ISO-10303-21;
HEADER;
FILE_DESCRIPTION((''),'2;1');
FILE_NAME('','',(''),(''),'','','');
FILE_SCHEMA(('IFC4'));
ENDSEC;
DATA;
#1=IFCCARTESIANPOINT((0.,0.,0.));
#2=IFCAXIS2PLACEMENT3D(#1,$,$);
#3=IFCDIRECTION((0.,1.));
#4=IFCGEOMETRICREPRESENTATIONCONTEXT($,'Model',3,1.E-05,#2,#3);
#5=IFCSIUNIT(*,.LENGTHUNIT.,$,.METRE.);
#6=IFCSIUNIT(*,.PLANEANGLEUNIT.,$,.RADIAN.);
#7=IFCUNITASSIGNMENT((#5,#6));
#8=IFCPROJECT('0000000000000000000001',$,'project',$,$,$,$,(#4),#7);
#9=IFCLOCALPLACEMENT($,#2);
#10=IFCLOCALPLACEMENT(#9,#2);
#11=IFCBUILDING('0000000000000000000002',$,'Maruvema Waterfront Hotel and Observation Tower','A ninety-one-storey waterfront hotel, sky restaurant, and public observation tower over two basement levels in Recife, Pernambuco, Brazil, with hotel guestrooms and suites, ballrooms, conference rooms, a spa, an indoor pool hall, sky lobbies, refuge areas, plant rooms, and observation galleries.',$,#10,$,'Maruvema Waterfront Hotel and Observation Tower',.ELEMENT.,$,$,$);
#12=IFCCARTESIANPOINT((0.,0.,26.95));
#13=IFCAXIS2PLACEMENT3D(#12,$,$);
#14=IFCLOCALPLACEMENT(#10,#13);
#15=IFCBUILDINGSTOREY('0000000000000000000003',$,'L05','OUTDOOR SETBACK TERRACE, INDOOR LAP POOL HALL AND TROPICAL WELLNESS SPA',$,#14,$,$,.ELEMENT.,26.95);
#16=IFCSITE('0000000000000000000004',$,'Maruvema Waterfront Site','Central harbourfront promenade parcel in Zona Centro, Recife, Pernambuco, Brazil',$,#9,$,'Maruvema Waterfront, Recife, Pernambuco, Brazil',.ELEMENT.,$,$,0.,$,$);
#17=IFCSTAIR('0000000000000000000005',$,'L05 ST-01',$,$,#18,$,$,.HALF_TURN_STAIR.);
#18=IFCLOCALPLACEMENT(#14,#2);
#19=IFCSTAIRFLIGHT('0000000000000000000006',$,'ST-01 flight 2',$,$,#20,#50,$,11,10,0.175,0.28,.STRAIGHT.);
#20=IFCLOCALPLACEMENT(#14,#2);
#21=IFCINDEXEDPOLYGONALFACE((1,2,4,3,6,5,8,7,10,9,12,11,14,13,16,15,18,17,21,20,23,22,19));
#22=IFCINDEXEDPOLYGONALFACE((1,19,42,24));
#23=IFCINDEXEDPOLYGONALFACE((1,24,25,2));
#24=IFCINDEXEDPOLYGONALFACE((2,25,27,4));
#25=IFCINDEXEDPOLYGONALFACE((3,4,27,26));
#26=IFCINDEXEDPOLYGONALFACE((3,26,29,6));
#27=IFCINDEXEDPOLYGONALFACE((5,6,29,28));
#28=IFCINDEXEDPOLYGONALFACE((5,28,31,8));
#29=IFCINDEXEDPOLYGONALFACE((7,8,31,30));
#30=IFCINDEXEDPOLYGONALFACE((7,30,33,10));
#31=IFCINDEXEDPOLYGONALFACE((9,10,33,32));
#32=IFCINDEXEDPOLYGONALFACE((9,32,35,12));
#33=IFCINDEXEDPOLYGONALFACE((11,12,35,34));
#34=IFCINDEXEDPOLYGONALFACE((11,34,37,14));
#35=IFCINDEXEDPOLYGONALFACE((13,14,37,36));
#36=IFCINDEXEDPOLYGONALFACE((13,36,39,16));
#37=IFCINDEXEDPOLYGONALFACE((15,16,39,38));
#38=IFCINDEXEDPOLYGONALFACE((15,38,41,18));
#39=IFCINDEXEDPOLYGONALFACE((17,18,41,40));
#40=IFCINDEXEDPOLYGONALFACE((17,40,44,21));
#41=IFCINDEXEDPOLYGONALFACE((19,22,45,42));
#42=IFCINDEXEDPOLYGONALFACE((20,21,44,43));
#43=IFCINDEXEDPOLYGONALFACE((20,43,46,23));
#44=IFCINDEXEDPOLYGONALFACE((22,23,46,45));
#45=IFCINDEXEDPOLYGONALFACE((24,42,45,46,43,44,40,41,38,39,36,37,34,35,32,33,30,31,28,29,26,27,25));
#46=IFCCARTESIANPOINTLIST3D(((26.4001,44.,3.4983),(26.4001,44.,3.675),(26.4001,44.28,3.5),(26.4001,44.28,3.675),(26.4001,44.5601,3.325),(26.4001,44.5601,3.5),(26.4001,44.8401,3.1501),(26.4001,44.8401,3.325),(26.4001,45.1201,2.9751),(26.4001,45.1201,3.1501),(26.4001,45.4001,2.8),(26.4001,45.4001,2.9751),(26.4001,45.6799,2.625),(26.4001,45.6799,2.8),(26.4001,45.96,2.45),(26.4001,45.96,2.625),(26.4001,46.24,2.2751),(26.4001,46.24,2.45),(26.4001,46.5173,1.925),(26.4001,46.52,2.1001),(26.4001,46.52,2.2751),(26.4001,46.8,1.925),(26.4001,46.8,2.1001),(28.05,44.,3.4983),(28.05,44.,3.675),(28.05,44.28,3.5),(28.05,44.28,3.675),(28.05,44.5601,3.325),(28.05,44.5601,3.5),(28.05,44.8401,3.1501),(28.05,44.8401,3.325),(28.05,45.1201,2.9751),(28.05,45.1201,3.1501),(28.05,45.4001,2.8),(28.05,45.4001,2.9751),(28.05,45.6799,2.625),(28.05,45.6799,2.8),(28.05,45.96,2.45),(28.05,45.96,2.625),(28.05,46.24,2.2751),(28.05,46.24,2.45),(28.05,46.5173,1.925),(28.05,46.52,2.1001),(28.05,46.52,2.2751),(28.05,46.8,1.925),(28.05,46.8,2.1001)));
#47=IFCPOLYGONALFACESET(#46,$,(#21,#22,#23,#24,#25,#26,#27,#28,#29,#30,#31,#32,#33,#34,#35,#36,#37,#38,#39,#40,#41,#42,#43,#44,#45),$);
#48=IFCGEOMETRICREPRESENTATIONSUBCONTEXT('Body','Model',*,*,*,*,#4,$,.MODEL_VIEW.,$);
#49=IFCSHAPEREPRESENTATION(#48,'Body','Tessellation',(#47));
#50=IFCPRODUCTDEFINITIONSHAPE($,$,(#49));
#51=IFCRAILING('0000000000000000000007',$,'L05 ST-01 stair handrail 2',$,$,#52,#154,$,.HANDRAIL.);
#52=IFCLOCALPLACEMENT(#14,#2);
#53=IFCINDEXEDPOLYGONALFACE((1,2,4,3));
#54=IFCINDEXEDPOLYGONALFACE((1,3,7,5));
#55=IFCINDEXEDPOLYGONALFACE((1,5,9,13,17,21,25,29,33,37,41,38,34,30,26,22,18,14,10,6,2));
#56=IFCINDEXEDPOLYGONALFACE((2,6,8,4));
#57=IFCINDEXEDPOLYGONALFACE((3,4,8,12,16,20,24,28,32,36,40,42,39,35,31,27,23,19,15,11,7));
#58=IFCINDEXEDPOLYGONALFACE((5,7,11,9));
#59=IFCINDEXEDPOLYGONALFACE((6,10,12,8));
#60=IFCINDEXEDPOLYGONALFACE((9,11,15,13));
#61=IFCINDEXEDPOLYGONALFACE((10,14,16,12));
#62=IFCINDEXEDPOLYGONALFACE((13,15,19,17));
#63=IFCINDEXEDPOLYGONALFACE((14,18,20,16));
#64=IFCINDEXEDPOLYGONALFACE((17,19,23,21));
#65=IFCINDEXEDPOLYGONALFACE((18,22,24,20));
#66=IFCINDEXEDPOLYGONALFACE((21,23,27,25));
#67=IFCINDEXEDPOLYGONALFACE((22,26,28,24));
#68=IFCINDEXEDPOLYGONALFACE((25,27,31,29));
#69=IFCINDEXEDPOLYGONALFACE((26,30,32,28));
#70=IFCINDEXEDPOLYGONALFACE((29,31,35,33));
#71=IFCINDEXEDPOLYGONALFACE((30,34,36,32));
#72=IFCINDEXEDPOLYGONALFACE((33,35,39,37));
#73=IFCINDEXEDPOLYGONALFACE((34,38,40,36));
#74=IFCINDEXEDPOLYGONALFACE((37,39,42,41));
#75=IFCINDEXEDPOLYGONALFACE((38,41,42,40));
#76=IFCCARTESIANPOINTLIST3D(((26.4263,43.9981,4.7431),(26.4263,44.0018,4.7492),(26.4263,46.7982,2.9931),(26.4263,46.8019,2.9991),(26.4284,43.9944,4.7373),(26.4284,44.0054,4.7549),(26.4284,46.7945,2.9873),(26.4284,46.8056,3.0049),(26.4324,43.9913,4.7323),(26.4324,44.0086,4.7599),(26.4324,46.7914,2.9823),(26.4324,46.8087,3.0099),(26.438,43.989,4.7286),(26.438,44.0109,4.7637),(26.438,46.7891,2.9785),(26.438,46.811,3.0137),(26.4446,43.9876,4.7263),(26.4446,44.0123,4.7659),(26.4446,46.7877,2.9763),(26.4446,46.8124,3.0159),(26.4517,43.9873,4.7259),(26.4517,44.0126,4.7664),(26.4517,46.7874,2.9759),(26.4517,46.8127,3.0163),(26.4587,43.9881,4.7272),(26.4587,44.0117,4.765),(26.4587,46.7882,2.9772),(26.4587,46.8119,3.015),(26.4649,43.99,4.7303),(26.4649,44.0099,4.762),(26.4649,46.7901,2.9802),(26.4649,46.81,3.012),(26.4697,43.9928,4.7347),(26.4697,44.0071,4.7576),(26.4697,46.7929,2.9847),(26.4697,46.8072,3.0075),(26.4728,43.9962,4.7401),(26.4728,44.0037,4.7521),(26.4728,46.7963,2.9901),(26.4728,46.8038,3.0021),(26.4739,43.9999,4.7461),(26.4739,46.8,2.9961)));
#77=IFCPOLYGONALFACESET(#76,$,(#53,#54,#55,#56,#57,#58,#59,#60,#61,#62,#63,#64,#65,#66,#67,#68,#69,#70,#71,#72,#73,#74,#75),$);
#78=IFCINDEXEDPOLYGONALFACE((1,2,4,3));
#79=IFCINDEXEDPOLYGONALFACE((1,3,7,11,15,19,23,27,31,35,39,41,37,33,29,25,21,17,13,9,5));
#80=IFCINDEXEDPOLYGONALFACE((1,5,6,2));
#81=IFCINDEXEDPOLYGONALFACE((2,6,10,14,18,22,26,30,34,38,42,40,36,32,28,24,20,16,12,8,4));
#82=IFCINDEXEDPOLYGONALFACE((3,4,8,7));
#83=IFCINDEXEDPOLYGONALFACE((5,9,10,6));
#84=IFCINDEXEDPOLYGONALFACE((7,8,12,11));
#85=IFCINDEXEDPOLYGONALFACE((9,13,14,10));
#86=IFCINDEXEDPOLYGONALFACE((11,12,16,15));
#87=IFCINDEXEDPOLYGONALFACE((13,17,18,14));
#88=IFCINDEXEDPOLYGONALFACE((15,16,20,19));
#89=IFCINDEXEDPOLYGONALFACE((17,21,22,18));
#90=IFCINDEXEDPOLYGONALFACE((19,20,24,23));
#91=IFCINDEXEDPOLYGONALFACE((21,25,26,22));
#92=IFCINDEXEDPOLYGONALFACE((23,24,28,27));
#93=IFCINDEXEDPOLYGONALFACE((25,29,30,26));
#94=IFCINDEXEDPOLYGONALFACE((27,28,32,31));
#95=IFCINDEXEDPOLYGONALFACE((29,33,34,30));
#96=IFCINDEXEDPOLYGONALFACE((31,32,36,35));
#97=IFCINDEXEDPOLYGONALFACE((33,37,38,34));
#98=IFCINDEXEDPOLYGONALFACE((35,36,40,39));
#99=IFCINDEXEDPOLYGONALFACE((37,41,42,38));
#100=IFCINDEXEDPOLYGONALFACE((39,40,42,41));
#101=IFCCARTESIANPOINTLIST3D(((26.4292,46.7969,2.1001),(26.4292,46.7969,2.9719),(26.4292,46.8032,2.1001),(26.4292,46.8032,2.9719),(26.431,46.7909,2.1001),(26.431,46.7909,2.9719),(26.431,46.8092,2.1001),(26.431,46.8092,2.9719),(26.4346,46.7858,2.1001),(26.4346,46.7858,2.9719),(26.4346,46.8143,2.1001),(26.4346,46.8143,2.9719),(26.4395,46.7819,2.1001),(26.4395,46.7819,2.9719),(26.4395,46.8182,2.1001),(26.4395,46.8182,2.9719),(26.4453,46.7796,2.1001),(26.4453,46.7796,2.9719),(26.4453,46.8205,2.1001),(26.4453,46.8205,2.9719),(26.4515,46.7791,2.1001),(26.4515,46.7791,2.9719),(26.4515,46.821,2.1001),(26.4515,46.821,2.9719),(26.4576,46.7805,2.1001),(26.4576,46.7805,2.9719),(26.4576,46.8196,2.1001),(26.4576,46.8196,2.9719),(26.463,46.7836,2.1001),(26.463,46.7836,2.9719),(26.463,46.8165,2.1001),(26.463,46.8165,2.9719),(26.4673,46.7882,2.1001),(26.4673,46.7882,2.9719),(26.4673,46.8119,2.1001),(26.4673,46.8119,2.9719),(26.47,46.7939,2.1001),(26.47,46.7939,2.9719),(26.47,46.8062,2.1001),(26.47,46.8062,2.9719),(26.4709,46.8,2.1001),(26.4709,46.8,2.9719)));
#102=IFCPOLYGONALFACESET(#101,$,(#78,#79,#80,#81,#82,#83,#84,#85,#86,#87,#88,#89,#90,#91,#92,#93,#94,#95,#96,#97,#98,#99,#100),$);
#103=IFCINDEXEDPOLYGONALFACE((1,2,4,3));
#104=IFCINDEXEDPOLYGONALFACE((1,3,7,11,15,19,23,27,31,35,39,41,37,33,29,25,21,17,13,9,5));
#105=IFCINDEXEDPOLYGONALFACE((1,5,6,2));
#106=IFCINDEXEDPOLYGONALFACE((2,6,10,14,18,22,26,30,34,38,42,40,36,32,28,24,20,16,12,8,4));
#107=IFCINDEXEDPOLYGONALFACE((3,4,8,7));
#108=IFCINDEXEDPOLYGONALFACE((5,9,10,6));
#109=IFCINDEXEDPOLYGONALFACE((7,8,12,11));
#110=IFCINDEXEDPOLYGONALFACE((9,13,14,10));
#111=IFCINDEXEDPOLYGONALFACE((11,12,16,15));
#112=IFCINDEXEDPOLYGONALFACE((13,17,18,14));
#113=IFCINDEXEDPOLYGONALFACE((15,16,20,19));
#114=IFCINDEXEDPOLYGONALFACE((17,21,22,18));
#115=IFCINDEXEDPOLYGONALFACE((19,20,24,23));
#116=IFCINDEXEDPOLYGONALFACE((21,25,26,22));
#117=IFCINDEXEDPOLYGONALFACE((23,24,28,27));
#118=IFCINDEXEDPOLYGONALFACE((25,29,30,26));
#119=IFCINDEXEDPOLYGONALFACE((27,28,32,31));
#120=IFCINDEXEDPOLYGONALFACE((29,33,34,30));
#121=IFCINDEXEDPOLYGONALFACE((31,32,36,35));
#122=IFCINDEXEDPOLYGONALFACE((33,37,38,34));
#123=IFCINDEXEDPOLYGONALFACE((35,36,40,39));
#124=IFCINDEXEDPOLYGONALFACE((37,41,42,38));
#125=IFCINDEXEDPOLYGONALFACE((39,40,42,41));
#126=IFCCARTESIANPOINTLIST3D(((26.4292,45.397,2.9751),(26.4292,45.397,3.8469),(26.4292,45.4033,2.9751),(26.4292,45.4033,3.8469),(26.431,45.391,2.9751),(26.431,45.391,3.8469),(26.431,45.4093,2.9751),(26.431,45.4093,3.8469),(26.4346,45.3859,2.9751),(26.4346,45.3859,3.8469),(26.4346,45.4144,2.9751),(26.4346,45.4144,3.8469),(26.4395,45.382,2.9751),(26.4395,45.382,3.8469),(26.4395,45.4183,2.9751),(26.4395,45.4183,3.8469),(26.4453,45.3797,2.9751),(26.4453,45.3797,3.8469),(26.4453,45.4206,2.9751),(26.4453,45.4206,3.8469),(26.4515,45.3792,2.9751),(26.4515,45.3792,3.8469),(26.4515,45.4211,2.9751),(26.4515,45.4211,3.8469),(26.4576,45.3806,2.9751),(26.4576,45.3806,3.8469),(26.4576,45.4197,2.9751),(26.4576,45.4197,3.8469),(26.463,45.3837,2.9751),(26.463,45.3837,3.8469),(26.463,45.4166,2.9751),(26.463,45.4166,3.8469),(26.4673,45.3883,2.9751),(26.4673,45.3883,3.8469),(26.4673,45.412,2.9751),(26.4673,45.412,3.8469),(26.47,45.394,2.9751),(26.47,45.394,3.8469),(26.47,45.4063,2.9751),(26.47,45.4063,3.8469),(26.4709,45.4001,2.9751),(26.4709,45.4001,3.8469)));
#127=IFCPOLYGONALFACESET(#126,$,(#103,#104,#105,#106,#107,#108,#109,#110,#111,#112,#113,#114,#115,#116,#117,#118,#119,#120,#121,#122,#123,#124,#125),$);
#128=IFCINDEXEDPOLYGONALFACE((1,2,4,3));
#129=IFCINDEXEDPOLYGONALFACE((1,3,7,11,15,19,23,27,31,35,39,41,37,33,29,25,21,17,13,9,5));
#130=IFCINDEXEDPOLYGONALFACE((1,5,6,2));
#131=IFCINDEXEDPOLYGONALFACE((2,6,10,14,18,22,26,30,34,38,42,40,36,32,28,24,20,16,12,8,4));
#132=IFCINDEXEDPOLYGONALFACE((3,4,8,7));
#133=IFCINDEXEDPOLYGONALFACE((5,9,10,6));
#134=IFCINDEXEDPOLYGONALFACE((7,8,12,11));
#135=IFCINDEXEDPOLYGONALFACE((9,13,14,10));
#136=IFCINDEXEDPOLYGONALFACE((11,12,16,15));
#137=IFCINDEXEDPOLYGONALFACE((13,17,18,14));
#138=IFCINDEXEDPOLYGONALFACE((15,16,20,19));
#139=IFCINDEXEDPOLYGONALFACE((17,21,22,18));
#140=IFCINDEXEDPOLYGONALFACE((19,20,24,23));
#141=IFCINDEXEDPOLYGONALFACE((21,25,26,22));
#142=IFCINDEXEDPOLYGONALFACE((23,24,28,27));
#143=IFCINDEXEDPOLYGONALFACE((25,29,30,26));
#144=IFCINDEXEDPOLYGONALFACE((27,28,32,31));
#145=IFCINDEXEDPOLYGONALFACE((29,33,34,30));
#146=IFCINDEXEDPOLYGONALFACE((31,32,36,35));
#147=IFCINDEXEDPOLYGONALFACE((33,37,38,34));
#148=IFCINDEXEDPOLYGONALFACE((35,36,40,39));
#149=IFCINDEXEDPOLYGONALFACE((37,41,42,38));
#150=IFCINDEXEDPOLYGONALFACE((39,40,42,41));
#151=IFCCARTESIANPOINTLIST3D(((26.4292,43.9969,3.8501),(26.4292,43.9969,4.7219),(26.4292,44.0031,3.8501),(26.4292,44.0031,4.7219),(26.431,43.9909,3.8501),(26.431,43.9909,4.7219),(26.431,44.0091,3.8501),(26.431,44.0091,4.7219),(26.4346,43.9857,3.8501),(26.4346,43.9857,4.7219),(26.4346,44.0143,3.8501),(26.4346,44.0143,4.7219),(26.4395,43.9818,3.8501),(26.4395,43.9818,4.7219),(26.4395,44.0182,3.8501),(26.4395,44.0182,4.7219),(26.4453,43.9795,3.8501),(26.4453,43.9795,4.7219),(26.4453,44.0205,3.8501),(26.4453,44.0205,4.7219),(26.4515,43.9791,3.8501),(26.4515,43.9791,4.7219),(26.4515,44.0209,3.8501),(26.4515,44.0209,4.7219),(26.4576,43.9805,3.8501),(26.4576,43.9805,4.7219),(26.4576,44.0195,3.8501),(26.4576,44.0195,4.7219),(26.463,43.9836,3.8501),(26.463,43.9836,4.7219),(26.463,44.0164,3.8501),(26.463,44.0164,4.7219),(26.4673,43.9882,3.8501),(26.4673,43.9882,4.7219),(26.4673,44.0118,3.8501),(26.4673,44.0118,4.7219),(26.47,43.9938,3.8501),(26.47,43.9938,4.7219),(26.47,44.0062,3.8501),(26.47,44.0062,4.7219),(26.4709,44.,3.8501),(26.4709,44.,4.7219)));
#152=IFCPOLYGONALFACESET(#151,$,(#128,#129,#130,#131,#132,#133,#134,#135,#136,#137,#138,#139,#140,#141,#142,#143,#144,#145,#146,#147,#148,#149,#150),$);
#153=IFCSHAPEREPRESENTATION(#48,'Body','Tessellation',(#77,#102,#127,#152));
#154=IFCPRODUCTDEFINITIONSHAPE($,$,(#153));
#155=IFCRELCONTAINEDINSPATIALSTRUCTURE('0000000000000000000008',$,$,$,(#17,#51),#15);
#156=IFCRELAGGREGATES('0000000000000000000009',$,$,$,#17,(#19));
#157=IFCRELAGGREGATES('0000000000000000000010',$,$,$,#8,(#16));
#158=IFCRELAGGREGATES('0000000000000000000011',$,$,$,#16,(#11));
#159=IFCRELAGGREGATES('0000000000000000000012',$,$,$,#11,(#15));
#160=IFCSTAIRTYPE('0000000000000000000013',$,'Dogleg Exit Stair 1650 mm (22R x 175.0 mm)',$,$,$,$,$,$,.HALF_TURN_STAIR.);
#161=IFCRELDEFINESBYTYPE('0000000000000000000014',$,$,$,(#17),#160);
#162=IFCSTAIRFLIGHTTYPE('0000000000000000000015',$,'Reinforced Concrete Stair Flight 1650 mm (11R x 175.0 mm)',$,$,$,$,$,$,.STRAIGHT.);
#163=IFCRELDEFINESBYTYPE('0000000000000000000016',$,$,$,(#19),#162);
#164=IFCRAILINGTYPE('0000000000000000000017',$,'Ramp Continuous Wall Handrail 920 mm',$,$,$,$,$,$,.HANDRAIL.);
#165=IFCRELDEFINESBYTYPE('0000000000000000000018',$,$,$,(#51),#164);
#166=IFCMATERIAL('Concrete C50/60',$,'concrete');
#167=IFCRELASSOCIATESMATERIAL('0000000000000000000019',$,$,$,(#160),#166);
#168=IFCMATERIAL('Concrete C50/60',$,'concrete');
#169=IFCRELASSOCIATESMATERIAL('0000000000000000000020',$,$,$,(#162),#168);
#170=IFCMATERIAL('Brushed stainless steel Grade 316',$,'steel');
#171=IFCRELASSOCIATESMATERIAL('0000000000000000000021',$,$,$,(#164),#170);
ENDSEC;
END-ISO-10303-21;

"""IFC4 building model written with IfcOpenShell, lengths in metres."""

from ifc_helpers import new_model, si_unit, direction, frame, origin, origin_2d, place, context, subcontext, project, spatial, polyline, circle, outline, extrude, material, type_object, element, aggregate, save


model = new_model("IFC4")

# Units and contexts
model_context = context("Model", 3, precision=1e-05, world=origin(), true_north=direction((0.0, 1.0)))
body_context = subcontext(model_context, "Body", "Model", "MODEL_VIEW")
ifc_project = project(units=[si_unit("LENGTHUNIT", "METRE"), si_unit("PLANEANGLEUNIT", "RADIAN")], contexts=[model_context])

# Site, building, storey
site_placement = place(None, origin())
site = spatial("IfcSite", under=ifc_project, at=site_placement, Name="Maruvema Waterfront Site", Description="Central harbourfront promenade parcel in Zona Centro, Recife, Pernambuco, Brazil", LongName="Maruvema Waterfront, Recife, Pernambuco, Brazil", CompositionType="ELEMENT", RefElevation=0.0)
building_placement = place(site_placement, origin())
building = spatial("IfcBuilding", under=site, at=building_placement, Name="Maruvema Waterfront Hotel and Observation Tower", Description="A ninety-one-storey waterfront hotel, sky restaurant, and public observation tower over two basement levels in Recife, Pernambuco, Brazil, with hotel guestrooms and suites, ballrooms, conference rooms, a spa, an indoor pool hall, sky lobbies, refuge areas, plant rooms, and observation galleries.", LongName="Maruvema Waterfront Hotel and Observation Tower", CompositionType="ELEMENT")
storey_placement = place(building_placement, frame((0.0, 0.0, 26.95)))
storey = spatial("IfcBuildingStorey", under=building, at=storey_placement, Name="L05", Description="OUTDOOR SETBACK TERRACE, INDOOR LAP POOL HALL AND TROPICAL WELLNESS SPA", CompositionType="ELEMENT", Elevation=26.95)

# Stair, stair flight
ifc_material_1 = material(Name="Concrete C50/60", Category="concrete")
stair_type = type_object("IfcStairType", Name="Dogleg Exit Stair 1650 mm (22R x 175.0 mm)", PredefinedType="HALF_TURN_STAIR", material=ifc_material_1)
stair_placement = place(storey_placement, origin())
stair = element("IfcStair", 1, at=stair_placement, inside=storey, type_object=stair_type, Name="L05 ST-01", PredefinedType="HALF_TURN_STAIR")
ifc_material_2 = material(Name="Concrete C50/60", Category="concrete")
stair_flight_type = type_object("IfcStairFlightType", Name="Reinforced Concrete Stair Flight 1650 mm (11R x 175.0 mm)", PredefinedType="STRAIGHT", material=ifc_material_2)
stair_flight_placement = place(storey_placement, frame((27.2251, 46.8, 1.925), z_axis=(0.0, 0.0, 1.0), x_axis=(0.0, -1.0, 0.0)))
stair_flight = element("IfcStairFlight", 2, at=stair_flight_placement, type_object=stair_flight_type, Name="ST-01 flight 2", NumberOfRisers=11, NumberOfTreads=10, PredefinedType="STRAIGHT", RiserHeight=0.175, TreadLength=0.28, context=body_context, shape_type="SweptSolid", body=[
    extrude(outline(polyline([(0.0, 0.0), (0.0, 0.175), (0.28, 0.175), (0.28, 0.3501), (0.5601, 0.3501), (0.5601, 0.5249), (0.8401, 0.5249), (0.8401, 0.7), (1.1201, 0.7), (1.1201, 0.875), (1.3999, 0.875), (1.3999, 1.05), (1.6799, 1.05), (1.6799, 1.2251), (1.96, 1.2251), (1.96, 1.3999), (2.24, 1.3999), (2.24, 1.575), (2.52, 1.575), (2.52, 1.75), (2.8, 1.75), (2.8, 1.925), (2.8, 1.5732), (0.2827, 0.0), (0.0, 0.0)])), frame((0.0, 0.825, 0.0), z_axis=(0.0, -1.0, 0.0), x_axis=(1.0, 0.0, 0.0)), (0.0, 0.0, 1.0), 1.6499),
])
aggregate(stair, [stair_flight])

# Railing
ifc_material_3 = material(Name="Brushed stainless steel Grade 316", Category="steel")
railing_type_1 = type_object("IfcRailingType", Name="Ramp Continuous Wall Handrail 920 mm", PredefinedType="HANDRAIL", material=ifc_material_3)
railing_1_placement = place(storey_placement, frame((26.45, 46.8, 2.1001)))
element("IfcRailing", 3, at=railing_1_placement, inside=storey, type_object=railing_type_1, Name="L05 ST-01 stair handrail 2", PredefinedType="HANDRAIL", context=body_context, shape_type="SweptSolid", body=[
    extrude(circle(Radius=0.0239, at=origin_2d()), frame((0.0, 0.0, 0.896), z_axis=(0.0, -0.848002, 0.529992), x_axis=(1.0, 0.0, 0.0)), (0.0, 0.0, 1.0), 3.302),
    extrude(circle(Radius=0.021, at=origin_2d()), origin(), (0.0, 0.0, 1.0), 0.8718),
    extrude(circle(Radius=0.021, at=origin_2d()), frame((0.0, -1.3999, 0.875)), (0.0, 0.0, 1.0), 0.8718),
    extrude(circle(Radius=0.021, at=origin_2d()), frame((0.0, -2.8, 1.75)), (0.0, 0.0, 1.0), 0.8718),
])

save(model, "model.ifc")
